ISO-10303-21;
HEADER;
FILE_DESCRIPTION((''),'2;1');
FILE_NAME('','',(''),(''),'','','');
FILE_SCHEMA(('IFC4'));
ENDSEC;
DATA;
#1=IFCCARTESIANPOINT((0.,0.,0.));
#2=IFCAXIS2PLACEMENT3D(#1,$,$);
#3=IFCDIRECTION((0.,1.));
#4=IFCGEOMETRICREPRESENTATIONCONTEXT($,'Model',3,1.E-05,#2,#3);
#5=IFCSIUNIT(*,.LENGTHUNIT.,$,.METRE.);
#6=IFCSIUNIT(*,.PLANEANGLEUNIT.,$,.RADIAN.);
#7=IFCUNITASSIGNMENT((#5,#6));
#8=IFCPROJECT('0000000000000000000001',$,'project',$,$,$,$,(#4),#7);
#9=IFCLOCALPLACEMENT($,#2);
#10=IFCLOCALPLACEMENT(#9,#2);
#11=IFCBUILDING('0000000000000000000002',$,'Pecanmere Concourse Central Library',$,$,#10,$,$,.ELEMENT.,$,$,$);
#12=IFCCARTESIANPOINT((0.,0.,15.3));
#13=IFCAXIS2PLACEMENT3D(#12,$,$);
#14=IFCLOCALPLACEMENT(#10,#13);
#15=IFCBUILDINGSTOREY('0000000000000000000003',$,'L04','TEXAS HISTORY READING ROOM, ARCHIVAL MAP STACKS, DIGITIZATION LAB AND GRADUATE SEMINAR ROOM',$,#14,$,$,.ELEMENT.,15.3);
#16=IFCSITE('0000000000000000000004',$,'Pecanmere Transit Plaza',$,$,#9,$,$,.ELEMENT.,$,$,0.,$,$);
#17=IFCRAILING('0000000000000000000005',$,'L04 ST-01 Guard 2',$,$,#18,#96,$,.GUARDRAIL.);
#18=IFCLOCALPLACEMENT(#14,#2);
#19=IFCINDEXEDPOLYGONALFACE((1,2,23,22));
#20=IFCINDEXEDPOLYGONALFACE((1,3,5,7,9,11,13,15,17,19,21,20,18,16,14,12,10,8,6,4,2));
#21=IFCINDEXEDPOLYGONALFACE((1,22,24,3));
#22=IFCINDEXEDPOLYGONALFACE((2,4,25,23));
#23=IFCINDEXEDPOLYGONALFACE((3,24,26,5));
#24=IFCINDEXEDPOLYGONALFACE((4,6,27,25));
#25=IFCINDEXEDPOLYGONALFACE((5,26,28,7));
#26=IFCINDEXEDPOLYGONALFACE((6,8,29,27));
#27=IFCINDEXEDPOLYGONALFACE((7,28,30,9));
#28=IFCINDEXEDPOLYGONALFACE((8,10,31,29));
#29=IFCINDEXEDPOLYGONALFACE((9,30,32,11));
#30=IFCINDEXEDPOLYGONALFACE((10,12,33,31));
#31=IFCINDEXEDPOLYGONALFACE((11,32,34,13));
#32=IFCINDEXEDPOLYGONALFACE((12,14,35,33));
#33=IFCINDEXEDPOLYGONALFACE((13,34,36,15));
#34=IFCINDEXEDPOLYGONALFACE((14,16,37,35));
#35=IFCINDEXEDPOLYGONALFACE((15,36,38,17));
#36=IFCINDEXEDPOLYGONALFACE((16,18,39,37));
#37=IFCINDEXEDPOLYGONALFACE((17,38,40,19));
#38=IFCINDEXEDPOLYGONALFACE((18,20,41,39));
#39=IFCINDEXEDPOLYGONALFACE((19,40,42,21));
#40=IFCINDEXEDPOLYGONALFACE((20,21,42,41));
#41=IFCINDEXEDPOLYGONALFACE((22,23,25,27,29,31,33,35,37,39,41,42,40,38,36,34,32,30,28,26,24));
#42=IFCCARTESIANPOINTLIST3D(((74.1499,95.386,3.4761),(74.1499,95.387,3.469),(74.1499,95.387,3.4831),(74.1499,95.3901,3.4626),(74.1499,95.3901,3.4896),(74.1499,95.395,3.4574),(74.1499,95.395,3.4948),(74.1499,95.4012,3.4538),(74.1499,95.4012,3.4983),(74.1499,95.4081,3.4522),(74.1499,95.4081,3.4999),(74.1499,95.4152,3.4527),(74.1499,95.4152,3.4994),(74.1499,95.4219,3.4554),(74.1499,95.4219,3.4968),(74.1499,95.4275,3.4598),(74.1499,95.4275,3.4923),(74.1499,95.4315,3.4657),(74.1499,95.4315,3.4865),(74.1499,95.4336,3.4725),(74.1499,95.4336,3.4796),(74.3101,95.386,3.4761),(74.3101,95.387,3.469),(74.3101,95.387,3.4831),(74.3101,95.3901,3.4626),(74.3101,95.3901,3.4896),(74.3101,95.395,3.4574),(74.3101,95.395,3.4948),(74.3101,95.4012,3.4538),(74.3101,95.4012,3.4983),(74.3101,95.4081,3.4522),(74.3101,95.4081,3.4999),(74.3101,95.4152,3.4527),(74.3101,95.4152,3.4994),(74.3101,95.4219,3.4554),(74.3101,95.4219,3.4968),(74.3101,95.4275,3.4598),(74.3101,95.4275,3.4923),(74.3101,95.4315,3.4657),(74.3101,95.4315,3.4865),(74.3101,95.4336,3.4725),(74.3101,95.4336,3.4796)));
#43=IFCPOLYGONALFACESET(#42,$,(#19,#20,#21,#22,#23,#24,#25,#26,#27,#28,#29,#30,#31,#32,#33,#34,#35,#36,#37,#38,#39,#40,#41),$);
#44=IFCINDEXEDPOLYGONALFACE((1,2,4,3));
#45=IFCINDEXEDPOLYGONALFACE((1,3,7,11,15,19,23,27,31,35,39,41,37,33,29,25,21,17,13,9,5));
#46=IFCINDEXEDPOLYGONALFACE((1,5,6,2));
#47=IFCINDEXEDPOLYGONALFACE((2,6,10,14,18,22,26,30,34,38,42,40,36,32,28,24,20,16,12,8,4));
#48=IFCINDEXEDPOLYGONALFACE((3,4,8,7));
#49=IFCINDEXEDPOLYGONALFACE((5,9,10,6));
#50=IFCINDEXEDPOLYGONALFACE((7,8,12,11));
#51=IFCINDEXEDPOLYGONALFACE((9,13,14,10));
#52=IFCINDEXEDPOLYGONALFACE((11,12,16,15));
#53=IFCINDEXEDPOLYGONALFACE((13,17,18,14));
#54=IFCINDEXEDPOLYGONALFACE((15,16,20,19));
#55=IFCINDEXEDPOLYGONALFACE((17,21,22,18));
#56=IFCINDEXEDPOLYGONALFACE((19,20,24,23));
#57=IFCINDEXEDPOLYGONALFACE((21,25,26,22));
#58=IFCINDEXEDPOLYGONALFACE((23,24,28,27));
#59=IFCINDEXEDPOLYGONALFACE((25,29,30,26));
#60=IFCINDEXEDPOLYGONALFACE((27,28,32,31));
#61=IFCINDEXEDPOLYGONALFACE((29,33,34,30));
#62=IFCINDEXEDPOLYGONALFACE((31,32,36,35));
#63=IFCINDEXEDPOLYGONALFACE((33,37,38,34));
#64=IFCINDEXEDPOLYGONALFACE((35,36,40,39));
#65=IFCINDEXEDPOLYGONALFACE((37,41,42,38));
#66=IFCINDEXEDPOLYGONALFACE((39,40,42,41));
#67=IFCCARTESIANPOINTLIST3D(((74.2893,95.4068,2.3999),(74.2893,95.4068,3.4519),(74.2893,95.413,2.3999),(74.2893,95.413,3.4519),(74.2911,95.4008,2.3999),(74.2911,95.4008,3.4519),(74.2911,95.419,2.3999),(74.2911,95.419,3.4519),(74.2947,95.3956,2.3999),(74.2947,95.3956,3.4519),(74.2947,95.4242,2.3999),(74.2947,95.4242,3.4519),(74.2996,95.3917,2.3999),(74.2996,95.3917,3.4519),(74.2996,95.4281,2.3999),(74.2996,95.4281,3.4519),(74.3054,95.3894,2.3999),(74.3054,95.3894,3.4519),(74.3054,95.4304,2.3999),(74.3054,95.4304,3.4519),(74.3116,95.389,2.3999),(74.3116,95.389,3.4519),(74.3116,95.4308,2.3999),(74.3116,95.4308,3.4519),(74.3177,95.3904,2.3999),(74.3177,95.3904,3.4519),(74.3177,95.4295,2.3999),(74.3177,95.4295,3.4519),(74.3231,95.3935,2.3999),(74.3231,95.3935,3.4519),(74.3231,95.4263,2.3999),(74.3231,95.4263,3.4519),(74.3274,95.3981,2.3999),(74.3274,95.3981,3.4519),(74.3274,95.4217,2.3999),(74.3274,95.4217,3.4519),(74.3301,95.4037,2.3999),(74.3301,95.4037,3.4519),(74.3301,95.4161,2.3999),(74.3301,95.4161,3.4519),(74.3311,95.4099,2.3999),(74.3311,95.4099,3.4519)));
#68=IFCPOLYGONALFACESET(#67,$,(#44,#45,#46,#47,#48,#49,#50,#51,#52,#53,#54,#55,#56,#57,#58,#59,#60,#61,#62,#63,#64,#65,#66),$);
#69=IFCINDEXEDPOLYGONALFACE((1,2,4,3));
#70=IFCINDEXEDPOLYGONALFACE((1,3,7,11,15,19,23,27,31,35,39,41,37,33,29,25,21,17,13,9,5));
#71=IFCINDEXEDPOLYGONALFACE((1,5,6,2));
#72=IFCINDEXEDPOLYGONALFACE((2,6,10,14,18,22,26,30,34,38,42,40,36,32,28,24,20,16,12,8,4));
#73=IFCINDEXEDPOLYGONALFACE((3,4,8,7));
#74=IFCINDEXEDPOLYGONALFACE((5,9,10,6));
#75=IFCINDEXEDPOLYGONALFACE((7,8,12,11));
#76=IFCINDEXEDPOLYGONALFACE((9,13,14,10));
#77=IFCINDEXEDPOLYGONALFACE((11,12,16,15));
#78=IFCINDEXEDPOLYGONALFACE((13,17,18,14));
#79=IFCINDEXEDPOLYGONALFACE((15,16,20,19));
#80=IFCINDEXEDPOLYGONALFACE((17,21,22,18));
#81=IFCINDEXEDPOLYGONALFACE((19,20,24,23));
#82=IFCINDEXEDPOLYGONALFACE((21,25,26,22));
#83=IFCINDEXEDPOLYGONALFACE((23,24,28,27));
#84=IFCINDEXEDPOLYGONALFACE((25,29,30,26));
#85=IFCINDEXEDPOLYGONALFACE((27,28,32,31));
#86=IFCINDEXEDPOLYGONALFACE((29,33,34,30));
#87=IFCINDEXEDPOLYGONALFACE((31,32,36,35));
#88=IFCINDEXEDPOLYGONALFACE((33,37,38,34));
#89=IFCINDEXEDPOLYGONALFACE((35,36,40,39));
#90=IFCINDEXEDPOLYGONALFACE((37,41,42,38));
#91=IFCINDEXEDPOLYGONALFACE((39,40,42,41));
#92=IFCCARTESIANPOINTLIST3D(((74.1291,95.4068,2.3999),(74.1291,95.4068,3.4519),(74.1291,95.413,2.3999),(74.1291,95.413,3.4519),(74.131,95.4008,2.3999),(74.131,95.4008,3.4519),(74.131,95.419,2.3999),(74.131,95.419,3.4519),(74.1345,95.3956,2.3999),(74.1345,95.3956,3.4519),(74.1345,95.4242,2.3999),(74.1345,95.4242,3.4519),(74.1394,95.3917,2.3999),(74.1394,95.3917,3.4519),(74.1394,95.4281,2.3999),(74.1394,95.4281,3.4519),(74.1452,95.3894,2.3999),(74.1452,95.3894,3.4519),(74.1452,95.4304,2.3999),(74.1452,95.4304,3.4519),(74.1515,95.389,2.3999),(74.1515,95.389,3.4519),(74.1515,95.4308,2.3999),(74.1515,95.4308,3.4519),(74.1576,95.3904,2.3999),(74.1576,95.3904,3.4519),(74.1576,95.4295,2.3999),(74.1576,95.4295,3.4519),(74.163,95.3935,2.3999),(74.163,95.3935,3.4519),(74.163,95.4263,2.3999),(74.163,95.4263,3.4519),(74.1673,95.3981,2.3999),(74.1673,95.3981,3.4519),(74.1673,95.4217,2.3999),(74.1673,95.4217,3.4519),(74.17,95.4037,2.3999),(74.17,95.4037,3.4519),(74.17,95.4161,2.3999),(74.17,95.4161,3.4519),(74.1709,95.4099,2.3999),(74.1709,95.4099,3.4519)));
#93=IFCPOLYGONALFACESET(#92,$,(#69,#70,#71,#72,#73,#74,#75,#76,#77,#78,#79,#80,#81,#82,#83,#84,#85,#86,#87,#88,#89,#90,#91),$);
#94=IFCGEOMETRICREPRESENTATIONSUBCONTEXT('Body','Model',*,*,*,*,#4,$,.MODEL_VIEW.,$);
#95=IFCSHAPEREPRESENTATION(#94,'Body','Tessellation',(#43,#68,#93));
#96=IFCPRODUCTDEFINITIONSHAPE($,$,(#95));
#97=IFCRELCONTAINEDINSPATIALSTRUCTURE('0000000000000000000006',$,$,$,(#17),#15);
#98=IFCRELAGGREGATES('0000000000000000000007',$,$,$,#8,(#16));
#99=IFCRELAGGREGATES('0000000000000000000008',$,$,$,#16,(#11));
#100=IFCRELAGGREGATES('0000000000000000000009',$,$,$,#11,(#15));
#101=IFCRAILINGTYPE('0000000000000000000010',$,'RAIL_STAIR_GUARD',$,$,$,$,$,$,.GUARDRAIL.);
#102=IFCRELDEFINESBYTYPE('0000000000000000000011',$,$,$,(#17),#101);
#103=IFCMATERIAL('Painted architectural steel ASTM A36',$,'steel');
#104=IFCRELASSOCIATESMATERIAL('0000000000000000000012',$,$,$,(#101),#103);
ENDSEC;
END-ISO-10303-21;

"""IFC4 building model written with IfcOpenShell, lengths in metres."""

from ifc_helpers import new_model, si_unit, direction, frame, origin, origin_2d, place, context, subcontext, project, spatial, circle, extrude, material, type_object, element, save


model = new_model("IFC4")

# Units and contexts
model_context = context("Model", 3, precision=1e-05, world=origin(), true_north=direction((0.0, 1.0)))
body_context = subcontext(model_context, "Body", "Model", "MODEL_VIEW")
ifc_project = project(units=[si_unit("LENGTHUNIT", "METRE"), si_unit("PLANEANGLEUNIT", "RADIAN")], contexts=[model_context])

# Site, building, storey
site_placement = place(None, origin())
site = spatial("IfcSite", under=ifc_project, at=site_placement, Name="Pecanmere Transit Plaza", CompositionType="ELEMENT", RefElevation=0.0)
building_placement = place(site_placement, origin())
building = spatial("IfcBuilding", under=site, at=building_placement, Name="Pecanmere Concourse Central Library", CompositionType="ELEMENT")
storey_placement = place(building_placement, frame((0.0, 0.0, 15.3)))
storey = spatial("IfcBuildingStorey", under=building, at=storey_placement, Name="L04", Description="TEXAS HISTORY READING ROOM, ARCHIVAL MAP STACKS, DIGITIZATION LAB AND GRADUATE SEMINAR ROOM", CompositionType="ELEMENT", Elevation=15.3)

# Railing
ifc_material_1 = material(Name="Painted architectural steel ASTM A36", Category="steel")
railing_type_1 = type_object("IfcRailingType", Name="RAIL_STAIR_GUARD", PredefinedType="GUARDRAIL", material=ifc_material_1)
railing_1_placement = place(storey_placement, frame((74.3101, 95.4099, 2.3999)))
element("IfcRailing", 1, at=railing_1_placement, inside=storey, type_object=railing_type_1, Name="L04 ST-01 Guard 2", PredefinedType="GUARDRAIL", context=body_context, shape_type="SweptSolid", body=[
    extrude(circle(Radius=0.0239, at=origin_2d()), frame((0.0, 0.0, 1.0762), z_axis=(-1.0, 0.0, 0.0), x_axis=(0.0, -1.0, 0.0)), (0.0, 0.0, 1.0), 0.1602),
    extrude(circle(Radius=0.021, at=origin_2d()), origin(), (0.0, 0.0, 1.0), 1.052),
    extrude(circle(Radius=0.021, at=origin_2d()), frame((-0.1602, 0.0, 0.0)), (0.0, 0.0, 1.0), 1.052),
])

save(model, "model.ifc")
